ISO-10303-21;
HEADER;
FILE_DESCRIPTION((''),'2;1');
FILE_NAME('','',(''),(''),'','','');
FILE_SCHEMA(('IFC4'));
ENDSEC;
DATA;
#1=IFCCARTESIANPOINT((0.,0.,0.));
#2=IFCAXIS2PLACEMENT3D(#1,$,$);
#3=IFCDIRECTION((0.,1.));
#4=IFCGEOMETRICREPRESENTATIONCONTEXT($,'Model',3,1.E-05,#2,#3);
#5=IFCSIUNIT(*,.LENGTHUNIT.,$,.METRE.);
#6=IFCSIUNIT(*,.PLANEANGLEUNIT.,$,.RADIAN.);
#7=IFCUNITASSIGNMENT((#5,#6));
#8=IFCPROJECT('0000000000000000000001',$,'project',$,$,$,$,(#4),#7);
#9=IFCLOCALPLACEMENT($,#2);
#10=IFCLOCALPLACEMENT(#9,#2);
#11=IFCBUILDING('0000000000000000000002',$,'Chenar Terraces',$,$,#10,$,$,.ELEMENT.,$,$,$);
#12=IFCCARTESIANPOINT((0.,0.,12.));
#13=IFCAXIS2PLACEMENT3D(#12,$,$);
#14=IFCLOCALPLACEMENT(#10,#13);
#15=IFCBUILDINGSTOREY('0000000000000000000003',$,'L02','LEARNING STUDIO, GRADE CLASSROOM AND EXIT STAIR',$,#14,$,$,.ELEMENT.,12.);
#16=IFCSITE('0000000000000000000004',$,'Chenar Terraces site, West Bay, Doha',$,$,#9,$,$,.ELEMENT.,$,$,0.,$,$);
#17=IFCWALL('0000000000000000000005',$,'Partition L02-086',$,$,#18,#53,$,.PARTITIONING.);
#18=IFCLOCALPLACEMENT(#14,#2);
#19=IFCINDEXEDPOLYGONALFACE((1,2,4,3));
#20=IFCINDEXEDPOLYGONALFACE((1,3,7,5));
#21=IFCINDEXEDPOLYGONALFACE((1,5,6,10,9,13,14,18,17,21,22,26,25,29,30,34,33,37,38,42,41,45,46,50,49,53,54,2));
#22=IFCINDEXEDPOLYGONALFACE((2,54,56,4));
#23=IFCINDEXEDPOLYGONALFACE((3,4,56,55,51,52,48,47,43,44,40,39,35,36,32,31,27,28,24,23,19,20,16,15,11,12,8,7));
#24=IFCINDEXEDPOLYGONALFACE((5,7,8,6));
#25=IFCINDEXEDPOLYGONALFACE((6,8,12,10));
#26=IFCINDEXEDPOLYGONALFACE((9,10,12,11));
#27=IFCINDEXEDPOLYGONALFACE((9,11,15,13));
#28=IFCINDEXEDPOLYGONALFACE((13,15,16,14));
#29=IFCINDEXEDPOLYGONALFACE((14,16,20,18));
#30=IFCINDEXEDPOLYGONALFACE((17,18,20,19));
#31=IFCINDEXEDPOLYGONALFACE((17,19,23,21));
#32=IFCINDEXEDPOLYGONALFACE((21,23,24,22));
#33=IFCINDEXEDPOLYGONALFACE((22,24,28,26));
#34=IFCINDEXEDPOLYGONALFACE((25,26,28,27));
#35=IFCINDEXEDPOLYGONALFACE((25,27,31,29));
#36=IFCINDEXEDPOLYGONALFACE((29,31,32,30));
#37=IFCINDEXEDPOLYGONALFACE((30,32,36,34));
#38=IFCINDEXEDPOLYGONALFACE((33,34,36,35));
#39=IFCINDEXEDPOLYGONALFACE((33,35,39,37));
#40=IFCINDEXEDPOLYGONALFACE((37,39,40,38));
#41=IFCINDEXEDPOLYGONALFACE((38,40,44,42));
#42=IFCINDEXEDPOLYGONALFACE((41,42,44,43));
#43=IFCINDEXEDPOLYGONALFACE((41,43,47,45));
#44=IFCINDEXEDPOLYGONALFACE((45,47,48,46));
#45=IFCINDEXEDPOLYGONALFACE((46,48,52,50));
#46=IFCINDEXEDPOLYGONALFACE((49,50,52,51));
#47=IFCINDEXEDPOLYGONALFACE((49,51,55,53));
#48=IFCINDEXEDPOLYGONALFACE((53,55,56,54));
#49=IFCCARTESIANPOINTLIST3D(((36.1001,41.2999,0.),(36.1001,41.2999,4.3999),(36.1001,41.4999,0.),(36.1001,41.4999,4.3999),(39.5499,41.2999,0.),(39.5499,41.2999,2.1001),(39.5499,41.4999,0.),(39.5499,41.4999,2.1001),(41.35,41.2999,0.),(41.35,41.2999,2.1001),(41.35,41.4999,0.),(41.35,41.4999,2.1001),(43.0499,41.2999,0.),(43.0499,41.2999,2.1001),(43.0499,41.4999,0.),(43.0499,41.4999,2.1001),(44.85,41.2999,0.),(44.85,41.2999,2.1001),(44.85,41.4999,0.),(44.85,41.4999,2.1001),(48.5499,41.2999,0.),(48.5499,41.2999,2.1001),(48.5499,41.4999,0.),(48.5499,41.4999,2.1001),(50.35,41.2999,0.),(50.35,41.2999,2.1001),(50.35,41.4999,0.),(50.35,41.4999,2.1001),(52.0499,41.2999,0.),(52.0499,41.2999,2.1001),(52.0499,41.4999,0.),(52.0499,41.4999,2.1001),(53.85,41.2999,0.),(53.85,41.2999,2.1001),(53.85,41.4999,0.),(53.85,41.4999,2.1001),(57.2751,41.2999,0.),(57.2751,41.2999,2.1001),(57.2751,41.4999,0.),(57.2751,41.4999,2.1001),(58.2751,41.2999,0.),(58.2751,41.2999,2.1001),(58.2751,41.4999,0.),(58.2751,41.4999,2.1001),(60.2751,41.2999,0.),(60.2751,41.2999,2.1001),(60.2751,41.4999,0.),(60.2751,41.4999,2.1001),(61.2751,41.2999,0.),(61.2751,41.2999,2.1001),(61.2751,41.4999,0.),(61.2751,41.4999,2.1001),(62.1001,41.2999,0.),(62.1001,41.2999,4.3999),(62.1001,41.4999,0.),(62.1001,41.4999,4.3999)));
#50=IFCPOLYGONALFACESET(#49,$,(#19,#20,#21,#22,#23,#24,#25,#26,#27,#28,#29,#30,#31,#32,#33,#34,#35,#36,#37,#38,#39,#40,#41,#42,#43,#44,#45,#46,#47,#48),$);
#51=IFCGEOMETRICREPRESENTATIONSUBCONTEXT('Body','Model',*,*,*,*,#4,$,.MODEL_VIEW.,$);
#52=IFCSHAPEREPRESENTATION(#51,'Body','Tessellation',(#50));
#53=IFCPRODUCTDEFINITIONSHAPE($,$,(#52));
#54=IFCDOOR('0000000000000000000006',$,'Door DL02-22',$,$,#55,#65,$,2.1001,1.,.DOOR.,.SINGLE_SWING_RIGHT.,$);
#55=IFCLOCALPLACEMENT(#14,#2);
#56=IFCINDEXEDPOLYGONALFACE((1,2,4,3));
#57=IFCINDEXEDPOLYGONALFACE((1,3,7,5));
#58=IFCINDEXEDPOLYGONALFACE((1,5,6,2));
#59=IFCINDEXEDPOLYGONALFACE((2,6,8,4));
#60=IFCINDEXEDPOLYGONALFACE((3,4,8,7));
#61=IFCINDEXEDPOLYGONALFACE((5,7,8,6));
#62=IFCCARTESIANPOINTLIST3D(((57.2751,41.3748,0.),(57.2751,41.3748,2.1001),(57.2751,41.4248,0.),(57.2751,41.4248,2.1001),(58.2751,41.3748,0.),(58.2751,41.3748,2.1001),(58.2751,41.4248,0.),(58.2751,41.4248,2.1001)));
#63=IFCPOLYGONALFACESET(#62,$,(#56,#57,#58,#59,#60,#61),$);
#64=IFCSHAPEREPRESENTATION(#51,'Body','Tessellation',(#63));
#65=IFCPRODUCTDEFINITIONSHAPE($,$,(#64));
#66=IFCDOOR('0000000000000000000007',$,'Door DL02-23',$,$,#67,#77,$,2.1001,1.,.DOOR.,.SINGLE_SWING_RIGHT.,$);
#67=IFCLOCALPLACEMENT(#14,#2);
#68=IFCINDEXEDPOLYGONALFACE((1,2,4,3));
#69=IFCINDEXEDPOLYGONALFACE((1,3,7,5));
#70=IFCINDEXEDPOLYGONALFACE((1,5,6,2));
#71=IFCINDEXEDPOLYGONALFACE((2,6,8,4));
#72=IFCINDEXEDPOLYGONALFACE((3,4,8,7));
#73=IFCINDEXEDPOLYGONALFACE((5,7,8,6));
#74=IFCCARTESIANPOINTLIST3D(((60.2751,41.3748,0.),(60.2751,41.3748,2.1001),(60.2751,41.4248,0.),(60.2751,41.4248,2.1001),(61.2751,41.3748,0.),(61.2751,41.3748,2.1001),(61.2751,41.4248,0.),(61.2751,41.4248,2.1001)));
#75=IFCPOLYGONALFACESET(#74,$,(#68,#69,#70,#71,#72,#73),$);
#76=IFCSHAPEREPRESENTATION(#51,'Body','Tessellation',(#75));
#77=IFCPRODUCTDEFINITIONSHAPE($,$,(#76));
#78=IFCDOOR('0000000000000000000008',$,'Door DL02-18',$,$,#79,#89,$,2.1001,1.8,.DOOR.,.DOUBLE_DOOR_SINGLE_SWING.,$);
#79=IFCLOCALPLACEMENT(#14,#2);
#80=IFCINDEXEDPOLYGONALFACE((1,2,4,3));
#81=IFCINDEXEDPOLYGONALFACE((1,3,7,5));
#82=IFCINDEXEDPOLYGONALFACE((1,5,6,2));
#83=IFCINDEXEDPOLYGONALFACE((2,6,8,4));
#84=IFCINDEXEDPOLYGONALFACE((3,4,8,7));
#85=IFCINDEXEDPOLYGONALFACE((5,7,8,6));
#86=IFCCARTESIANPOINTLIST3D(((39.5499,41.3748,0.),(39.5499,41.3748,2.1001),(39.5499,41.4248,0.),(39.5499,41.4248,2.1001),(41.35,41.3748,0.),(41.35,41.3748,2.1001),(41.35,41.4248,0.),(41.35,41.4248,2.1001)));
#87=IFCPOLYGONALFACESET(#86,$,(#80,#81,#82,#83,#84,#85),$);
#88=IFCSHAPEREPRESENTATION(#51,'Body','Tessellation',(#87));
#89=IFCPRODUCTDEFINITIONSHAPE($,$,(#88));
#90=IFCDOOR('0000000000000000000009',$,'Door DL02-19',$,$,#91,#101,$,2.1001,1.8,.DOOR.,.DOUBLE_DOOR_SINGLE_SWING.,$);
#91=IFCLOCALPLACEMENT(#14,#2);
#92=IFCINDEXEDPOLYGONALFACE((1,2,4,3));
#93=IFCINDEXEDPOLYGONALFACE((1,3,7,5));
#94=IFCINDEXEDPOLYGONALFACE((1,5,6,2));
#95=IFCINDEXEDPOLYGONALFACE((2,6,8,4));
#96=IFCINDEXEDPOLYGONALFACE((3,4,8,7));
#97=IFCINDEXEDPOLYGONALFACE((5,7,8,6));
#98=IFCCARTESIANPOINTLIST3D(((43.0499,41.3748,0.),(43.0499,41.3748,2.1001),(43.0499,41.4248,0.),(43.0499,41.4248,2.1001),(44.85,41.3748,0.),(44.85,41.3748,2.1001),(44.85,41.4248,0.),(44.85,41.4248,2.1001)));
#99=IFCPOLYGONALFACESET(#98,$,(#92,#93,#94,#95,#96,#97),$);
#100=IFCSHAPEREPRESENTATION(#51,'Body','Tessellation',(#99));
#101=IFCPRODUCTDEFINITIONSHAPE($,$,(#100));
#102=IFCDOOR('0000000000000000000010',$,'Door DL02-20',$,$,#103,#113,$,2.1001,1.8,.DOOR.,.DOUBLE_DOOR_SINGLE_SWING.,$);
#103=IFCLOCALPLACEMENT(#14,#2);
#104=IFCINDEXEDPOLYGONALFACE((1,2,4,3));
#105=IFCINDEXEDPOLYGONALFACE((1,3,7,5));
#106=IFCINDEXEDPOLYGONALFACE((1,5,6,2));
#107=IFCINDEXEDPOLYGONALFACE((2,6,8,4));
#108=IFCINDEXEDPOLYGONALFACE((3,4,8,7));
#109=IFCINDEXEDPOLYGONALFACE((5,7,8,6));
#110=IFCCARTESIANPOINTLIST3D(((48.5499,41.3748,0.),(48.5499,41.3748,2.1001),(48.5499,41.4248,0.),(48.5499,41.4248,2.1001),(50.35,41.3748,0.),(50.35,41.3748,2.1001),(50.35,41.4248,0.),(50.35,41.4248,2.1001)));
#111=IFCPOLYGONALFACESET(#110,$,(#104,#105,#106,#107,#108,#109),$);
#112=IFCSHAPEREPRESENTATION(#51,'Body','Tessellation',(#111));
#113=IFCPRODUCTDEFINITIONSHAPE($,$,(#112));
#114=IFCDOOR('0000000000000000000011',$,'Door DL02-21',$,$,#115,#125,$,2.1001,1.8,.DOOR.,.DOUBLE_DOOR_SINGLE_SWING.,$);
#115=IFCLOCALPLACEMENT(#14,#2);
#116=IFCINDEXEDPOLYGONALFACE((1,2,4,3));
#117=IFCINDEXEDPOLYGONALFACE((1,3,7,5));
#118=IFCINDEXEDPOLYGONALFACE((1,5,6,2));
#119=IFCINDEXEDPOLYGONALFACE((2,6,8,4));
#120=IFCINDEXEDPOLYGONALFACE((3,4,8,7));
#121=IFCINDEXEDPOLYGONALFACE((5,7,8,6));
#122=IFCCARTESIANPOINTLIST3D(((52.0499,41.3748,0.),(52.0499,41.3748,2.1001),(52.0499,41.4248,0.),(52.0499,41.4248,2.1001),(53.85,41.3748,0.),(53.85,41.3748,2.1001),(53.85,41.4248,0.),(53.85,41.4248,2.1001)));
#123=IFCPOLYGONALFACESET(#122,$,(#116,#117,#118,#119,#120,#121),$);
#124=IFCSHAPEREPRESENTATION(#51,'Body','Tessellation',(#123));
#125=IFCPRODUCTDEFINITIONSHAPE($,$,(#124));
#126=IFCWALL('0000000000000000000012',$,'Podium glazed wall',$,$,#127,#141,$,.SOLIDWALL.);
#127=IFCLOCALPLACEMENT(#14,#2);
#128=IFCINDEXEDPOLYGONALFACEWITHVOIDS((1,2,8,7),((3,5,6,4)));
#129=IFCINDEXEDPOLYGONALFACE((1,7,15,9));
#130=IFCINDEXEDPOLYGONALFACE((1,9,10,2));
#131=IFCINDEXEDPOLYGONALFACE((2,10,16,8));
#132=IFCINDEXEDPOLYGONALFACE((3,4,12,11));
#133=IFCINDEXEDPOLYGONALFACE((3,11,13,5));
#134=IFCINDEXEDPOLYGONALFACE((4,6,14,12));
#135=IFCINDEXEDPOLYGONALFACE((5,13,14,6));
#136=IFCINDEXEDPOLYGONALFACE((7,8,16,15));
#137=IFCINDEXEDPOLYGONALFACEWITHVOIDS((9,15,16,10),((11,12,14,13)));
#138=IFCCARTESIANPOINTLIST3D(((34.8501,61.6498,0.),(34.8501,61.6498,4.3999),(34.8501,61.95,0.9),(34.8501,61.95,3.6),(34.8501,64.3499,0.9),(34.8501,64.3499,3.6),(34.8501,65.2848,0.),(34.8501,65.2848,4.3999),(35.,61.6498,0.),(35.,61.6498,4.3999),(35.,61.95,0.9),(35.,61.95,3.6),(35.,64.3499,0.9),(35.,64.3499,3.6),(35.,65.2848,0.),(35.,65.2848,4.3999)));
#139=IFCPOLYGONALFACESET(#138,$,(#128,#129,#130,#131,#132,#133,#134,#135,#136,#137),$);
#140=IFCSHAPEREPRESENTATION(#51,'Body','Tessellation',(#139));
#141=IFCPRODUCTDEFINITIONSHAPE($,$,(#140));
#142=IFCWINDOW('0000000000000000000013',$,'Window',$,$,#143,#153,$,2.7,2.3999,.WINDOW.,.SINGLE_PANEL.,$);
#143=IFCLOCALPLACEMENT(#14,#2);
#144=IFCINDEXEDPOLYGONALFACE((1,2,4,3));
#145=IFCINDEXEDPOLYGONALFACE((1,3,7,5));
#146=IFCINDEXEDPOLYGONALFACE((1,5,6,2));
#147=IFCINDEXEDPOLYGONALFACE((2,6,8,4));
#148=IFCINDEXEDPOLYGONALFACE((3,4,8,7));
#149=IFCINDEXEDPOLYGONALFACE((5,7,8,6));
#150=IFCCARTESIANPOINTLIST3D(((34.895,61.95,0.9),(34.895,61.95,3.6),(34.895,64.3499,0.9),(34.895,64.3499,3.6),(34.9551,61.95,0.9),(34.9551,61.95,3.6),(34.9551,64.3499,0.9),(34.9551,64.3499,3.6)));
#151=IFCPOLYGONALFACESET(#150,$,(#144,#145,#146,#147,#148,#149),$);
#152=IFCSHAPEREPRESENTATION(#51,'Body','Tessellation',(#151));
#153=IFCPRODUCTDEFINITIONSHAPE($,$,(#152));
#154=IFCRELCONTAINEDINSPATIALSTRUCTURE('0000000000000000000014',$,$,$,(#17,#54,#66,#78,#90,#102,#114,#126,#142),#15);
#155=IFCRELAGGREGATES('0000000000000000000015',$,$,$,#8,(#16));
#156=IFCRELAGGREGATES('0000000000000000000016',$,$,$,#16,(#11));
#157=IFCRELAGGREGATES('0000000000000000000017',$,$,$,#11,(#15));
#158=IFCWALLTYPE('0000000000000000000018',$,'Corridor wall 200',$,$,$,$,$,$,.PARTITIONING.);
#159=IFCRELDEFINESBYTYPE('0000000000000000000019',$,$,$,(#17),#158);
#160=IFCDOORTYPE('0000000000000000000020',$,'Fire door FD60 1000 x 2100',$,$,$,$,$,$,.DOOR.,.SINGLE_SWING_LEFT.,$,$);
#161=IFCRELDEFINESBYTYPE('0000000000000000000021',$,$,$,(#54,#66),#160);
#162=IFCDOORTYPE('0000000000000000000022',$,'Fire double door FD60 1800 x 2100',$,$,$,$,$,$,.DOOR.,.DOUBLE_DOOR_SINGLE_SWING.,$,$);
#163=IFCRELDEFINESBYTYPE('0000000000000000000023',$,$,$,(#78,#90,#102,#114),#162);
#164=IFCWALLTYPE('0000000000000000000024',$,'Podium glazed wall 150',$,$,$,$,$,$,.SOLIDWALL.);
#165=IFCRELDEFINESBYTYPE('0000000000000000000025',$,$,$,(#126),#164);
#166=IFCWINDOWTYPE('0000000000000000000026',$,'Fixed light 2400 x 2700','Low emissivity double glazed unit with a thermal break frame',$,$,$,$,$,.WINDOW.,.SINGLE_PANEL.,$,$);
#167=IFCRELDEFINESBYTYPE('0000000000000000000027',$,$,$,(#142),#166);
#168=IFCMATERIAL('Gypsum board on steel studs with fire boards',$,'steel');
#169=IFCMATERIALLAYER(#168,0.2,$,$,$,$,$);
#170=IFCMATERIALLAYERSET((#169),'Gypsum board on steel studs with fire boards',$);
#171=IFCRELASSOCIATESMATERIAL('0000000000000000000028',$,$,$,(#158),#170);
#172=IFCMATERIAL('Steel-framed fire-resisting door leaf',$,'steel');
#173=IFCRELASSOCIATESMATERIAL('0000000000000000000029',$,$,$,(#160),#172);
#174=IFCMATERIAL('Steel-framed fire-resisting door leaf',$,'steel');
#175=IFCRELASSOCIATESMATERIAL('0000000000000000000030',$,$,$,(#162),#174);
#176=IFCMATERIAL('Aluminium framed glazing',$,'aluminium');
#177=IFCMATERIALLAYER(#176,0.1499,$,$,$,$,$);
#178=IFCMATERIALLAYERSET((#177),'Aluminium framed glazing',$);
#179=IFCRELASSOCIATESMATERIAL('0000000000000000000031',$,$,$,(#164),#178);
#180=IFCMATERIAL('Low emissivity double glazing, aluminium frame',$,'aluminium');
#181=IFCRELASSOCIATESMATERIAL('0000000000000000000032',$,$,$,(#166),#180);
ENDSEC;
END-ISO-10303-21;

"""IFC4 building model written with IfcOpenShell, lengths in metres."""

from ifc_helpers import new_model, si_unit, direction, frame, frame_2d, origin, place, context, subcontext, project, spatial, rectangle, extrude, material, layer, layer_set, type_object, element, fill, save


model = new_model("IFC4")

# Units and contexts
model_context = context("Model", 3, precision=1e-05, world=origin(), true_north=direction((0.0, 1.0)))
body_context = subcontext(model_context, "Body", "Model", "MODEL_VIEW")
ifc_project = project(units=[si_unit("LENGTHUNIT", "METRE"), si_unit("PLANEANGLEUNIT", "RADIAN")], contexts=[model_context])

# Site, building, storey
site_placement = place(None, origin())
site = spatial("IfcSite", under=ifc_project, at=site_placement, Name="Chenar Terraces site, West Bay, Doha", CompositionType="ELEMENT", RefElevation=0.0)
building_placement = place(site_placement, origin())
building = spatial("IfcBuilding", under=site, at=building_placement, Name="Chenar Terraces", CompositionType="ELEMENT")
storey_placement = place(building_placement, frame((0.0, 0.0, 12.0)))
storey = spatial("IfcBuildingStorey", under=building, at=storey_placement, Name="L02", Description="LEARNING STUDIO, GRADE CLASSROOM AND EXIT STAIR", CompositionType="ELEMENT", Elevation=12.0)

# Wall, openings, doors
ifc_material_1 = material(Name="Gypsum board on steel studs with fire boards", Category="steel")
ifc_layer_1 = layer(ifc_material_1, 0.2)
ifc_layer_set_1 = layer_set([ifc_layer_1], Name="Gypsum board on steel studs with fire boards")
wall_type_1 = type_object("IfcWallType", Name="Corridor wall 200", PredefinedType="PARTITIONING", material=ifc_layer_set_1)
ifc_material_2 = material(Name="Steel-framed fire-resisting door leaf", Category="steel")
door_type_1 = type_object("IfcDoorType", Name="Fire door FD60 1000 x 2100", OperationType="SINGLE_SWING_LEFT", PredefinedType="DOOR", material=ifc_material_2)
wall_1_placement = place(storey_placement, frame((36.1001, 41.3999, 0.0), z_axis=(0.0, 0.0, 1.0), x_axis=(1.0, 0.0, 0.0)))
wall_1 = element("IfcWall", 1, at=wall_1_placement, inside=storey, type_object=wall_type_1, Name="Partition L02-086", PredefinedType="PARTITIONING", context=body_context, shape_type="SweptSolid", body=[
    extrude(rectangle(XDim=26.0, YDim=0.2, at=frame_2d((13.0, 0.0))), origin(), (0.0, 0.0, 1.0), 4.3999),
])
opening_1_placement = place(wall_1_placement, frame((3.45, 0.0, 0.0)))
opening_1 = element("IfcOpeningElement", 2, at=opening_1_placement, cuts=wall_1, PredefinedType="OPENING", context=body_context, shape_type="SweptSolid", body=[
    extrude(rectangle(XDim=1.8, YDim=2.1001, at=frame_2d((0.8999, 1.05))), frame((0.0, 0.1099, 0.0), z_axis=(0.0, -1.0, 0.0), x_axis=(1.0, 0.0, 0.0)), (0.0, 0.0, 1.0), 0.22),
])
opening_2_placement = place(wall_1_placement, frame((6.95, 0.0, 0.0)))
opening_2 = element("IfcOpeningElement", 3, at=opening_2_placement, cuts=wall_1, PredefinedType="OPENING", context=body_context, shape_type="SweptSolid", body=[
    extrude(rectangle(XDim=1.8, YDim=2.1001, at=frame_2d((0.8999, 1.05))), frame((0.0, 0.1099, 0.0), z_axis=(0.0, -1.0, 0.0), x_axis=(1.0, 0.0, 0.0)), (0.0, 0.0, 1.0), 0.22),
])
opening_3_placement = place(wall_1_placement, frame((12.45, 0.0, 0.0)))
opening_3 = element("IfcOpeningElement", 4, at=opening_3_placement, cuts=wall_1, PredefinedType="OPENING", context=body_context, shape_type="SweptSolid", body=[
    extrude(rectangle(XDim=1.8, YDim=2.1001, at=frame_2d((0.8999, 1.05))), frame((0.0, 0.1099, 0.0), z_axis=(0.0, -1.0, 0.0), x_axis=(1.0, 0.0, 0.0)), (0.0, 0.0, 1.0), 0.22),
])
opening_4_placement = place(wall_1_placement, frame((15.95, 0.0, 0.0)))
opening_4 = element("IfcOpeningElement", 5, at=opening_4_placement, cuts=wall_1, PredefinedType="OPENING", context=body_context, shape_type="SweptSolid", body=[
    extrude(rectangle(XDim=1.8, YDim=2.1001, at=frame_2d((0.8999, 1.05))), frame((0.0, 0.1099, 0.0), z_axis=(0.0, -1.0, 0.0), x_axis=(1.0, 0.0, 0.0)), (0.0, 0.0, 1.0), 0.22),
])
opening_5_placement = place(wall_1_placement, frame((21.175, 0.0, 0.0)))
opening_5 = element("IfcOpeningElement", 6, at=opening_5_placement, cuts=wall_1, PredefinedType="OPENING", context=body_context, shape_type="SweptSolid", body=[
    extrude(rectangle(XDim=1.0, YDim=2.1001, at=frame_2d((0.5, 1.05))), frame((0.0, 0.1099, 0.0), z_axis=(0.0, -1.0, 0.0), x_axis=(1.0, 0.0, 0.0)), (0.0, 0.0, 1.0), 0.22),
])
opening_6_placement = place(wall_1_placement, frame((24.175, 0.0, 0.0)))
opening_6 = element("IfcOpeningElement", 7, at=opening_6_placement, cuts=wall_1, PredefinedType="OPENING", context=body_context, shape_type="SweptSolid", body=[
    extrude(rectangle(XDim=1.0, YDim=2.1001, at=frame_2d((0.5, 1.05))), frame((0.0, 0.1099, 0.0), z_axis=(0.0, -1.0, 0.0), x_axis=(1.0, 0.0, 0.0)), (0.0, 0.0, 1.0), 0.22),
])
door_1_placement = place(opening_5_placement, origin())
door_1 = element("IfcDoor", 8, at=door_1_placement, inside=storey, type_object=door_type_1, Name="Door DL02-22", OperationType="SINGLE_SWING_RIGHT", OverallHeight=2.1001, OverallWidth=1.0, PredefinedType="DOOR", context=body_context, shape_type="SweptSolid", body=[
    extrude(rectangle(XDim=1.0, YDim=2.1001, at=frame_2d((0.5, 1.05))), frame((0.0, 0.0249, 0.0), z_axis=(0.0, -1.0, 0.0), x_axis=(1.0, 0.0, 0.0)), (0.0, 0.0, 1.0), 0.05),
])
fill(opening_5, door_1)
door_2_placement = place(opening_6_placement, origin())
door_2 = element("IfcDoor", 9, at=door_2_placement, inside=storey, type_object=door_type_1, Name="Door DL02-23", OperationType="SINGLE_SWING_RIGHT", OverallHeight=2.1001, OverallWidth=1.0, PredefinedType="DOOR", context=body_context, shape_type="SweptSolid", body=[
    extrude(rectangle(XDim=1.0, YDim=2.1001, at=frame_2d((0.5, 1.05))), frame((0.0, 0.0249, 0.0), z_axis=(0.0, -1.0, 0.0), x_axis=(1.0, 0.0, 0.0)), (0.0, 0.0, 1.0), 0.05),
])
fill(opening_6, door_2)
ifc_material_3 = material(Name="Steel-framed fire-resisting door leaf", Category="steel")
door_type_2 = type_object("IfcDoorType", Name="Fire double door FD60 1800 x 2100", OperationType="DOUBLE_DOOR_SINGLE_SWING", PredefinedType="DOOR", material=ifc_material_3)
door_3_placement = place(opening_1_placement, origin())
door_3 = element("IfcDoor", 10, at=door_3_placement, inside=storey, type_object=door_type_2, Name="Door DL02-18", OperationType="DOUBLE_DOOR_SINGLE_SWING", OverallHeight=2.1001, OverallWidth=1.8, PredefinedType="DOOR", context=body_context, shape_type="SweptSolid", body=[
    extrude(rectangle(XDim=1.8, YDim=2.1001, at=frame_2d((0.8999, 1.05))), frame((0.0, 0.0249, 0.0), z_axis=(0.0, -1.0, 0.0), x_axis=(1.0, 0.0, 0.0)), (0.0, 0.0, 1.0), 0.05),
])
fill(opening_1, door_3)
door_4_placement = place(opening_2_placement, origin())
door_4 = element("IfcDoor", 11, at=door_4_placement, inside=storey, type_object=door_type_2, Name="Door DL02-19", OperationType="DOUBLE_DOOR_SINGLE_SWING", OverallHeight=2.1001, OverallWidth=1.8, PredefinedType="DOOR", context=body_context, shape_type="SweptSolid", body=[
    extrude(rectangle(XDim=1.8, YDim=2.1001, at=frame_2d((0.8999, 1.05))), frame((0.0, 0.0249, 0.0), z_axis=(0.0, -1.0, 0.0), x_axis=(1.0, 0.0, 0.0)), (0.0, 0.0, 1.0), 0.05),
])
fill(opening_2, door_4)
door_5_placement = place(opening_3_placement, origin())
door_5 = element("IfcDoor", 12, at=door_5_placement, inside=storey, type_object=door_type_2, Name="Door DL02-20", OperationType="DOUBLE_DOOR_SINGLE_SWING", OverallHeight=2.1001, OverallWidth=1.8, PredefinedType="DOOR", context=body_context, shape_type="SweptSolid", body=[
    extrude(rectangle(XDim=1.8, YDim=2.1001, at=frame_2d((0.8999, 1.05))), frame((0.0, 0.0249, 0.0), z_axis=(0.0, -1.0, 0.0), x_axis=(1.0, 0.0, 0.0)), (0.0, 0.0, 1.0), 0.05),
])
fill(opening_3, door_5)
door_6_placement = place(opening_4_placement, origin())
door_6 = element("IfcDoor", 13, at=door_6_placement, inside=storey, type_object=door_type_2, Name="Door DL02-21", OperationType="DOUBLE_DOOR_SINGLE_SWING", OverallHeight=2.1001, OverallWidth=1.8, PredefinedType="DOOR", context=body_context, shape_type="SweptSolid", body=[
    extrude(rectangle(XDim=1.8, YDim=2.1001, at=frame_2d((0.8999, 1.05))), frame((0.0, 0.0249, 0.0), z_axis=(0.0, -1.0, 0.0), x_axis=(1.0, 0.0, 0.0)), (0.0, 0.0, 1.0), 0.05),
])
fill(opening_4, door_6)

# Wall, opening, window
ifc_material_4 = material(Name="Aluminium framed glazing", Category="aluminium")
ifc_layer_2 = layer(ifc_material_4, 0.1499)
ifc_layer_set_2 = layer_set([ifc_layer_2], Name="Aluminium framed glazing")
wall_type_2 = type_object("IfcWallType", Name="Podium glazed wall 150", PredefinedType="SOLIDWALL", material=ifc_layer_set_2)
wall_2_placement = place(storey_placement, frame((34.925, 61.6499, 0.0), z_axis=(0.0, 0.0, 1.0), x_axis=(0.0, 1.0, 0.0)))
wall_2 = element("IfcWall", 14, at=wall_2_placement, inside=storey, type_object=wall_type_2, Name="Podium glazed wall", PredefinedType="SOLIDWALL", context=body_context, shape_type="SweptSolid", body=[
    extrude(rectangle(XDim=3.635, YDim=0.1499, at=frame_2d((1.8174, 0.0))), origin(), (0.0, 0.0, 1.0), 4.3999),
])
opening_7_placement = place(wall_2_placement, frame((0.3, 0.0, 0.8999)))
opening_7 = element("IfcOpeningElement", 15, at=opening_7_placement, cuts=wall_2, PredefinedType="OPENING", context=body_context, shape_type="SweptSolid", body=[
    extrude(rectangle(XDim=2.3999, YDim=2.7, at=frame_2d((1.2, 1.3501))), frame((0.0, 0.085, 0.0), z_axis=(0.0, -1.0, 0.0), x_axis=(1.0, 0.0, 0.0)), (0.0, 0.0, 1.0), 0.1699),
])
ifc_material_5 = material(Name="Low emissivity double glazing, aluminium frame", Category="aluminium")
window_type = type_object("IfcWindowType", Name="Fixed light 2400 x 2700", Description="Low emissivity double glazed unit with a thermal break frame", PartitioningType="SINGLE_PANEL", PredefinedType="WINDOW", material=ifc_material_5)
window_placement = place(opening_7_placement, origin())
window = element("IfcWindow", 16, at=window_placement, inside=storey, type_object=window_type, Name="Window", OverallHeight=2.7, OverallWidth=2.3999, PartitioningType="SINGLE_PANEL", PredefinedType="WINDOW", context=body_context, shape_type="SweptSolid", body=[
    extrude(rectangle(XDim=2.3999, YDim=2.7, at=frame_2d((1.2, 1.3501))), frame((0.0, 0.03, 0.0), z_axis=(0.0, -1.0, 0.0), x_axis=(1.0, 0.0, 0.0)), (0.0, 0.0, 1.0), 0.0601),
])
fill(opening_7, window)

save(model, "model.ifc")
